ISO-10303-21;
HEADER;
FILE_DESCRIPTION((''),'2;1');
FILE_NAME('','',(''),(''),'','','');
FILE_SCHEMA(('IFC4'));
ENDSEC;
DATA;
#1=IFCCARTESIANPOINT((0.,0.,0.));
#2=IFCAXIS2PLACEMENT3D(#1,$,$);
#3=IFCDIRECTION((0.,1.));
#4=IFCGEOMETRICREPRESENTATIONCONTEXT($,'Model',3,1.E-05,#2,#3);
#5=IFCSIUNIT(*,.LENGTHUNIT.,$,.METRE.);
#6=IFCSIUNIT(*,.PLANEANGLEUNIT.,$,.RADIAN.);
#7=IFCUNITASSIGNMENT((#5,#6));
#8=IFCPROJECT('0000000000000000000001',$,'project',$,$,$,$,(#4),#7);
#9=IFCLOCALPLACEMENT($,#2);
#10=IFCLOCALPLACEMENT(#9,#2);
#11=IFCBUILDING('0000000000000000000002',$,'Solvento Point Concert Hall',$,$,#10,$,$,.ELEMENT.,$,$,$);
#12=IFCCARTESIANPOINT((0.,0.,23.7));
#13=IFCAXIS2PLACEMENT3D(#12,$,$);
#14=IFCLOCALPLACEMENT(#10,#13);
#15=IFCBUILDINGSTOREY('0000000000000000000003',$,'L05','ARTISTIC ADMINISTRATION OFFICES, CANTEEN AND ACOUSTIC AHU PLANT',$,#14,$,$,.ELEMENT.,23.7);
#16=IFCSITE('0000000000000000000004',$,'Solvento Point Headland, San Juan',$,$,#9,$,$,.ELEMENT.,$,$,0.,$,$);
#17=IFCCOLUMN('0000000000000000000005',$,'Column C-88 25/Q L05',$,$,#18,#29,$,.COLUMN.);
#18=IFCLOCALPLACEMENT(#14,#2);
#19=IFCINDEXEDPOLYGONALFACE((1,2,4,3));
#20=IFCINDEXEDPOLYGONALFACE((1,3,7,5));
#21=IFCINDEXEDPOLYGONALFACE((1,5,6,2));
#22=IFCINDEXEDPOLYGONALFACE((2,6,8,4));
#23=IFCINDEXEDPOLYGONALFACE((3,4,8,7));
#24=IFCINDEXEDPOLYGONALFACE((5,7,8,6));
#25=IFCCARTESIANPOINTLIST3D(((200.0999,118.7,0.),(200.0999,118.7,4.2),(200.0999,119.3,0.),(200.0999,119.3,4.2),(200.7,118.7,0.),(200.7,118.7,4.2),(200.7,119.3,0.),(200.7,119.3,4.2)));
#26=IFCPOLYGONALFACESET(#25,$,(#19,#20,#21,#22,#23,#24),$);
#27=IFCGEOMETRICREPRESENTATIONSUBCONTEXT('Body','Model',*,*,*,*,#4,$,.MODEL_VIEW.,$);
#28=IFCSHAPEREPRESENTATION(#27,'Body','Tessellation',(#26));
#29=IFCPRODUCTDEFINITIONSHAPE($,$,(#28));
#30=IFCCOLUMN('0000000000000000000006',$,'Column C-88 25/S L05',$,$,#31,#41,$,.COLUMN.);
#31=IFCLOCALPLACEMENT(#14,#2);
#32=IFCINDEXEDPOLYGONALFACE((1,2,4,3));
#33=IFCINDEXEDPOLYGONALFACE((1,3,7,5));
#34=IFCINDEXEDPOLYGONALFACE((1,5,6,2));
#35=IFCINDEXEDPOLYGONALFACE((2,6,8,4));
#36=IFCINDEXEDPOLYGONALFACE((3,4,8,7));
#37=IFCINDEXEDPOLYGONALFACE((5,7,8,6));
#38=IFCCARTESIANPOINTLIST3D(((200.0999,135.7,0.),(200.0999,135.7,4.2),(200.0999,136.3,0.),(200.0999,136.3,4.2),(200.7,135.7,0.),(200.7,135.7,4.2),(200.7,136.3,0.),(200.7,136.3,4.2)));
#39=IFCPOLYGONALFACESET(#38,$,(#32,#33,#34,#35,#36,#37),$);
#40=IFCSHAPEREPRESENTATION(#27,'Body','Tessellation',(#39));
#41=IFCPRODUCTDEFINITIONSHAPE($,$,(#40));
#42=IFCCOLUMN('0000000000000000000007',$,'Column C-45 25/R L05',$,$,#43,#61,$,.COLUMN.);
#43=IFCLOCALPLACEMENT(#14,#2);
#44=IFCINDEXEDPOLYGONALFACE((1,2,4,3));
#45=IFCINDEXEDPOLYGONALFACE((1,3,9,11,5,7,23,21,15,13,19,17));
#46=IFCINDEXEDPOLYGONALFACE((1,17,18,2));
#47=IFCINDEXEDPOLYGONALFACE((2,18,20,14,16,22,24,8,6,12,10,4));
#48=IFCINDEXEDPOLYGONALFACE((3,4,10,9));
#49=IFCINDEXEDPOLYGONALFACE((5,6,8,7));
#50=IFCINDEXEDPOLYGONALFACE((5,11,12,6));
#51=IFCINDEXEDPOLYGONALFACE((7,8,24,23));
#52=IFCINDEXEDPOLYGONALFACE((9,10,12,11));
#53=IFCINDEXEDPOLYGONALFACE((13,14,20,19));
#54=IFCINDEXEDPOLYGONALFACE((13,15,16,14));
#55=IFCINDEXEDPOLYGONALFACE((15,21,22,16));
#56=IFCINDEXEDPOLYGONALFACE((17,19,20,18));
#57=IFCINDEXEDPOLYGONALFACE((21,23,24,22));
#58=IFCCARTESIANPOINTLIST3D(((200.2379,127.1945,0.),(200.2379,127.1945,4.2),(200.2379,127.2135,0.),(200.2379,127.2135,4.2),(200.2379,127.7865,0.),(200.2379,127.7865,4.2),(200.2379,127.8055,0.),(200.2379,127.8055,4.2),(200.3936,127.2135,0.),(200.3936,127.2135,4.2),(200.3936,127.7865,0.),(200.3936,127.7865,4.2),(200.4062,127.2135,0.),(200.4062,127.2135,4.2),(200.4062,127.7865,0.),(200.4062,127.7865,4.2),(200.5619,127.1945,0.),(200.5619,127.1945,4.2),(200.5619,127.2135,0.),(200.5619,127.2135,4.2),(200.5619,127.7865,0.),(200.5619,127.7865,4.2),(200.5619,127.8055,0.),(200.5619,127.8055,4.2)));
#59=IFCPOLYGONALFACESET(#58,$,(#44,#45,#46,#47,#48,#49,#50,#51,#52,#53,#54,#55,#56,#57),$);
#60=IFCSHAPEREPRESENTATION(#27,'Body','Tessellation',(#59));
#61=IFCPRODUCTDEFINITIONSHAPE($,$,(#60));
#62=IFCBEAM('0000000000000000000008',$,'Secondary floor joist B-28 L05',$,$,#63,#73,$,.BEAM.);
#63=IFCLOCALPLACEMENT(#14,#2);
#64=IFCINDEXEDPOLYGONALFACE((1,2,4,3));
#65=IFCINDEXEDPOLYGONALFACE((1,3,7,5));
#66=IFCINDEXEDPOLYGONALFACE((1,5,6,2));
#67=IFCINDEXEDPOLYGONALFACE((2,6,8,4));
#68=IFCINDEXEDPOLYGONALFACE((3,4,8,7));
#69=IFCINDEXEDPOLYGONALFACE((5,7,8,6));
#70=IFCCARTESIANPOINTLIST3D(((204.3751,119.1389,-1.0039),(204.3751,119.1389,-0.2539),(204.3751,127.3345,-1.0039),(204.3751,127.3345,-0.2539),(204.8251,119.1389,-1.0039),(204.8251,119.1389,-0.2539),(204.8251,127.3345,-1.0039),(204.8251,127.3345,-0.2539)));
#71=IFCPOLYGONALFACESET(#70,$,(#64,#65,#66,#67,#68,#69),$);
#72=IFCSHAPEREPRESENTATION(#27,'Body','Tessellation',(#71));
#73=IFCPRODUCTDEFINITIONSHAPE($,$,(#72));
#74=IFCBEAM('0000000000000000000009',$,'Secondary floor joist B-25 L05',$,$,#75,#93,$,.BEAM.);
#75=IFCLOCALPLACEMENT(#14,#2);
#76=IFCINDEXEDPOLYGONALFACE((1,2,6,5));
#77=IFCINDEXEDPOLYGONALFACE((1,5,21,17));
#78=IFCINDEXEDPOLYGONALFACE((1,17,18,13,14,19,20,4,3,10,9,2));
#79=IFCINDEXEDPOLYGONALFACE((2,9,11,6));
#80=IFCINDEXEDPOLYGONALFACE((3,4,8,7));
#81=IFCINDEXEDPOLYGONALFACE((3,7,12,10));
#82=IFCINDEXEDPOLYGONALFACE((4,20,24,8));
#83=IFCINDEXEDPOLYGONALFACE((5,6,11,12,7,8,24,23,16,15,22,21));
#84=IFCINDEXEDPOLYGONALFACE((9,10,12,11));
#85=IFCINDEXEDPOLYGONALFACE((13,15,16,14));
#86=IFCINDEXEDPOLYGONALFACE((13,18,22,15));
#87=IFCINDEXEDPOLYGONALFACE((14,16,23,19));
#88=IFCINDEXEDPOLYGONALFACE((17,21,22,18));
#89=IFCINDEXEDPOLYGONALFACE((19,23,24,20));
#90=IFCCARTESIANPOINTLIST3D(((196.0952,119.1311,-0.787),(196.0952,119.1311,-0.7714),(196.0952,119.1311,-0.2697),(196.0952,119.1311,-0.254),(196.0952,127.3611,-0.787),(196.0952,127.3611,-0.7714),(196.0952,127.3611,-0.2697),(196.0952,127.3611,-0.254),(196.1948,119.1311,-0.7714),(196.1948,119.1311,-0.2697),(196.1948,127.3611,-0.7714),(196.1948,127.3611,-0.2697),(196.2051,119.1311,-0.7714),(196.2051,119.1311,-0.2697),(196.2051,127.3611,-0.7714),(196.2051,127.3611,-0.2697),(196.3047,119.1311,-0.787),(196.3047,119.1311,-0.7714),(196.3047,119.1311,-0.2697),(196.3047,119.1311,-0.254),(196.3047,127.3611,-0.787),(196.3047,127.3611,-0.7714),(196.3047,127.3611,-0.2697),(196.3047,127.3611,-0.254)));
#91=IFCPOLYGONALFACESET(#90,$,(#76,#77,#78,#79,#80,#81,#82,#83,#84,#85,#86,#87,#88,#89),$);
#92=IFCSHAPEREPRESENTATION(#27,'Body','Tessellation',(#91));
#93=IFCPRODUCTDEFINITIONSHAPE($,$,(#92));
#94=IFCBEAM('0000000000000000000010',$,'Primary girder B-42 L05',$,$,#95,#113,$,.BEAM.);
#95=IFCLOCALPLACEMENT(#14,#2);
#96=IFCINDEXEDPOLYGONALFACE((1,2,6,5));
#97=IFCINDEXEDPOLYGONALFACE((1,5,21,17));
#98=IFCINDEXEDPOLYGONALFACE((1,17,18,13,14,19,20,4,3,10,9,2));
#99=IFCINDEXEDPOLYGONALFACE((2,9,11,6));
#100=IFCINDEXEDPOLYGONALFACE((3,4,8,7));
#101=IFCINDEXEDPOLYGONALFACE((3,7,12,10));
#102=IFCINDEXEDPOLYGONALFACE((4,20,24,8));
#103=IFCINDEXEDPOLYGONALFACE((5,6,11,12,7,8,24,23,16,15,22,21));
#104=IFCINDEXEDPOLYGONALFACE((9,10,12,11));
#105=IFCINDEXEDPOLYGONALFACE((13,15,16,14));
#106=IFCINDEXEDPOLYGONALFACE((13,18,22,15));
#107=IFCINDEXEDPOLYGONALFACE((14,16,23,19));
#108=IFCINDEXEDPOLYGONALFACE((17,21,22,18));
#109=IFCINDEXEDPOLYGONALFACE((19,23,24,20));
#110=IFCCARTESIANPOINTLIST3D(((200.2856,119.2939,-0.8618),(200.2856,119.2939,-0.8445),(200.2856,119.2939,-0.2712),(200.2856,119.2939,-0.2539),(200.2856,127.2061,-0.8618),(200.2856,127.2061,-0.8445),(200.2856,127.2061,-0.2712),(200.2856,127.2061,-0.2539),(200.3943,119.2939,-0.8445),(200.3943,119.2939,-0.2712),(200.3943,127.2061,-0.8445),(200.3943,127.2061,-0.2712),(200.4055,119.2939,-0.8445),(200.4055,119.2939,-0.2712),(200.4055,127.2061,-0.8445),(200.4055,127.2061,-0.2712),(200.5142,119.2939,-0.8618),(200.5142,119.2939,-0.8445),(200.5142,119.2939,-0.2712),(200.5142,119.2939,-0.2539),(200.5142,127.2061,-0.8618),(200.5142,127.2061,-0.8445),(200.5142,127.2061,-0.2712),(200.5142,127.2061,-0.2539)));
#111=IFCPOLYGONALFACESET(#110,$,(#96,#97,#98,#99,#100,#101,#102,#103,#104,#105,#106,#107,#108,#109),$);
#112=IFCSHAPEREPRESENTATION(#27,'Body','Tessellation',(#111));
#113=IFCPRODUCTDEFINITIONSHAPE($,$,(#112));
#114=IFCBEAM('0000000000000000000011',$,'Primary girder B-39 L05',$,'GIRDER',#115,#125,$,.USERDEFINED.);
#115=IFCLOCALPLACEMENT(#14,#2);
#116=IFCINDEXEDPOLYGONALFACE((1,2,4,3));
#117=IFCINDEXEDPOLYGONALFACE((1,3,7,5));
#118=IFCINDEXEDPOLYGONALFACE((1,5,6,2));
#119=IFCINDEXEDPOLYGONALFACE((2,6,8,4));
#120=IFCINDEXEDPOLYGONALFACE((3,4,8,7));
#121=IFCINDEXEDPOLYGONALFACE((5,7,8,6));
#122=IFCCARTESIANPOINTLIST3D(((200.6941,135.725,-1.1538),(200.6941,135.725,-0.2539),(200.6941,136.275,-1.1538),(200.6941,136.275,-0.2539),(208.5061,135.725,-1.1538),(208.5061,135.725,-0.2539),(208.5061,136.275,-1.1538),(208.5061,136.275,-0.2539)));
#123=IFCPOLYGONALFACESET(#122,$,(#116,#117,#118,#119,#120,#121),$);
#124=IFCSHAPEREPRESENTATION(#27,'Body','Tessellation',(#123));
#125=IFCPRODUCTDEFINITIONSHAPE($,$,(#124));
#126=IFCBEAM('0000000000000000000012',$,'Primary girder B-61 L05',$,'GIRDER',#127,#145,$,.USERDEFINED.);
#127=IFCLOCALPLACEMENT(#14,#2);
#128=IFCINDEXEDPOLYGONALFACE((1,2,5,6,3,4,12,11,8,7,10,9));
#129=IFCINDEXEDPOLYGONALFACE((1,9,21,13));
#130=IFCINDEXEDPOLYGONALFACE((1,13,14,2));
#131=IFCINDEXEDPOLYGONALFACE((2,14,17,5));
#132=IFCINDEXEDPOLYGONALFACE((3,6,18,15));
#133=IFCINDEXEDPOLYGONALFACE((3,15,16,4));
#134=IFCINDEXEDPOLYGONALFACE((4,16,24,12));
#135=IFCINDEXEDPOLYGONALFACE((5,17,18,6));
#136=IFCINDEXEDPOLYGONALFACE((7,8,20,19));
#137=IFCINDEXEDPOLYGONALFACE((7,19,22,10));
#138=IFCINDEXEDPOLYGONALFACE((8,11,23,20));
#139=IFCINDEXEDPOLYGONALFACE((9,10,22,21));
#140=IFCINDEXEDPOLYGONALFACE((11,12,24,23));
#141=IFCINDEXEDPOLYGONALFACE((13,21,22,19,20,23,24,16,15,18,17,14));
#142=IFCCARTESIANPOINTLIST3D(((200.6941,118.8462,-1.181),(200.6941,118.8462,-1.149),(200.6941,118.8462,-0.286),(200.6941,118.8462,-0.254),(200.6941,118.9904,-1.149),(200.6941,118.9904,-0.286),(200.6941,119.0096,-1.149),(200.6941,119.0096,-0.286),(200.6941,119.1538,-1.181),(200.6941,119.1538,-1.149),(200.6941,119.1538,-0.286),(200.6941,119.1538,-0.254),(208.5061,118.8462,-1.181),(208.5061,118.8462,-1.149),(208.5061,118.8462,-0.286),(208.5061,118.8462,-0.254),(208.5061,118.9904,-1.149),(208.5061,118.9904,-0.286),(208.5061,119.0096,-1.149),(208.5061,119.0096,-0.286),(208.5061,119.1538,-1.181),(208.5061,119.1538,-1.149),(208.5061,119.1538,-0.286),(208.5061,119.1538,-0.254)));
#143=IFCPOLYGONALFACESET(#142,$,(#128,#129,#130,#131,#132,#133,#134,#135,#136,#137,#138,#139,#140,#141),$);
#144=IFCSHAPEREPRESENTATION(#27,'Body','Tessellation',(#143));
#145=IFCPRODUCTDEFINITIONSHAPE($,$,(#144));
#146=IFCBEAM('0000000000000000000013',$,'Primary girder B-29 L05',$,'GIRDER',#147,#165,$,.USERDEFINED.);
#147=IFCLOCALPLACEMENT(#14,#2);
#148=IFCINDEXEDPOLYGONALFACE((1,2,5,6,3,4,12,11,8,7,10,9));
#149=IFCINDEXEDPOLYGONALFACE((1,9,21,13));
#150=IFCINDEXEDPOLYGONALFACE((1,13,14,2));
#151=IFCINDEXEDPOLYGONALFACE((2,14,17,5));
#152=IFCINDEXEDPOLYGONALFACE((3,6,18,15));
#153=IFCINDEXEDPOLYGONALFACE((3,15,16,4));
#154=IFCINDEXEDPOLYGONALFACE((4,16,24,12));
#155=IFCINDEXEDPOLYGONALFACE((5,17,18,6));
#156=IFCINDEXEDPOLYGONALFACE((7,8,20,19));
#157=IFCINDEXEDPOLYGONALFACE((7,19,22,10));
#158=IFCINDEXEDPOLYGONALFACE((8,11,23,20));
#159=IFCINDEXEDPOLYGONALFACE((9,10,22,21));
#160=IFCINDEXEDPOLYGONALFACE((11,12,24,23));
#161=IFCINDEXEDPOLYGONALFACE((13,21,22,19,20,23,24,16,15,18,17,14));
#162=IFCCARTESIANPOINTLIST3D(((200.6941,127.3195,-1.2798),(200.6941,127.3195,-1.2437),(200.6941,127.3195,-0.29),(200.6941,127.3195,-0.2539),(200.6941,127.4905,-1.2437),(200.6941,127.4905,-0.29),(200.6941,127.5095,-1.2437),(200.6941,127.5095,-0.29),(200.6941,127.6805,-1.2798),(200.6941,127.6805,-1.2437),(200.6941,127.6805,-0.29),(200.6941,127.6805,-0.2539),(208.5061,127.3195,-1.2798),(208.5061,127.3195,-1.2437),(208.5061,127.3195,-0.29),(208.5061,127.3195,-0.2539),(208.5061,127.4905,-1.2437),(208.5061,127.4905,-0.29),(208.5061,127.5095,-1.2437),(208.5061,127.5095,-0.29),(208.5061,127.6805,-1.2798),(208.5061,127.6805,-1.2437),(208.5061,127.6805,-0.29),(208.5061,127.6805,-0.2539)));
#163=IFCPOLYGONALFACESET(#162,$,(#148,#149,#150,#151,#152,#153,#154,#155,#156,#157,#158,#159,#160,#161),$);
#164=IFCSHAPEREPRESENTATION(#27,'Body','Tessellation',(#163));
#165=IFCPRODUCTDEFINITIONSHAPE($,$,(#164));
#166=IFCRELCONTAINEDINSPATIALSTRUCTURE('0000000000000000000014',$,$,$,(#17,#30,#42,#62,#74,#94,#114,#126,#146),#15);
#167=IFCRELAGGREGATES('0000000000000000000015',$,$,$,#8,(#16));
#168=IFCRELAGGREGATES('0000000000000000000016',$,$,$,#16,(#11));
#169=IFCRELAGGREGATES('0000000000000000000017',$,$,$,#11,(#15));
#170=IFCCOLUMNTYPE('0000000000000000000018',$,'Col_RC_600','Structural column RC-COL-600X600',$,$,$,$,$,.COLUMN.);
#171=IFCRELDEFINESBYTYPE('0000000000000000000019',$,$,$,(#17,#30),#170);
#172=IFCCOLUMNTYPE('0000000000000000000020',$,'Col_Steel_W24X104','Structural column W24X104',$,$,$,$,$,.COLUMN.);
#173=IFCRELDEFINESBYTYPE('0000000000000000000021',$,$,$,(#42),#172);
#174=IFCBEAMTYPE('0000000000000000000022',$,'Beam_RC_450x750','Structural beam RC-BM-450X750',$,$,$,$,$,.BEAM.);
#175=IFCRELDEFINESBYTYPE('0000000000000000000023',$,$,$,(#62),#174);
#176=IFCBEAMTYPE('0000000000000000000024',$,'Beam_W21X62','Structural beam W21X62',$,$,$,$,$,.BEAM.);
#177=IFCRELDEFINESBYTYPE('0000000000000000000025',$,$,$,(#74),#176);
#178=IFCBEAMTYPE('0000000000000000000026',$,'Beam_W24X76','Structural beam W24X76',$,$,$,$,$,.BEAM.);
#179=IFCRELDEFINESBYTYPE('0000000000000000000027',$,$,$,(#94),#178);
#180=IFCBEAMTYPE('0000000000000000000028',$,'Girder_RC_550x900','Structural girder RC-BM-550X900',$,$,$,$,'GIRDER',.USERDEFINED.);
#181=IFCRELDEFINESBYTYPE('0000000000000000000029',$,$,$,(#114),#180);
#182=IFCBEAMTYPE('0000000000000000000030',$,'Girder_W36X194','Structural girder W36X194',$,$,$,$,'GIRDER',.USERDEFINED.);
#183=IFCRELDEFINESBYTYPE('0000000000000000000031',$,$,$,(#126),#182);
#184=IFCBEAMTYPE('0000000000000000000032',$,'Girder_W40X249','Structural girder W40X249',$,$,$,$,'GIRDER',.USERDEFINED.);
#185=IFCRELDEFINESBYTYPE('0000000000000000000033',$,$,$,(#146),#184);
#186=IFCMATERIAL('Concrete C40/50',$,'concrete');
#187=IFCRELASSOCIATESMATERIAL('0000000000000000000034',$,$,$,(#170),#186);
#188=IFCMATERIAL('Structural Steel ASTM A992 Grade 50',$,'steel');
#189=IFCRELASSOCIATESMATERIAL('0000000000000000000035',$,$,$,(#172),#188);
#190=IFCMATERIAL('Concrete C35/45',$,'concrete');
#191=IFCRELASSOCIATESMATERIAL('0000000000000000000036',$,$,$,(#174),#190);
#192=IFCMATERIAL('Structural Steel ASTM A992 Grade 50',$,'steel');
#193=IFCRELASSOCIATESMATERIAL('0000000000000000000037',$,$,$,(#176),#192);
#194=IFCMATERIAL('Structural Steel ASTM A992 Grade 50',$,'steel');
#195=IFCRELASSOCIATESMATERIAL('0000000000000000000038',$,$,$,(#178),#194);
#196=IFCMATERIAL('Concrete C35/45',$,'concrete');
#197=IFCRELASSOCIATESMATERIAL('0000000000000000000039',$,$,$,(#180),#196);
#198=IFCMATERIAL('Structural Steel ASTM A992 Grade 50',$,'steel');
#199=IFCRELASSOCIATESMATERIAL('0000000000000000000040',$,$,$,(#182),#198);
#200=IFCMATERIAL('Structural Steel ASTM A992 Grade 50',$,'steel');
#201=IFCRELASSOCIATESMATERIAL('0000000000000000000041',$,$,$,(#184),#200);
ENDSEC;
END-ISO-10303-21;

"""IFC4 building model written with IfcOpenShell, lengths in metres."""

from ifc_helpers import new_model, si_unit, direction, frame, origin, origin_2d, place, context, subcontext, project, spatial, rectangle, i_section, extrude, material, material_profile, profile_set, type_object, element, save


model = new_model("IFC4")

# Units and contexts
model_context = context("Model", 3, precision=1e-05, world=origin(), true_north=direction((0.0, 1.0)))
body_context = subcontext(model_context, "Body", "Model", "MODEL_VIEW")
ifc_project = project(units=[si_unit("LENGTHUNIT", "METRE"), si_unit("PLANEANGLEUNIT", "RADIAN")], contexts=[model_context])

# Site, building, storey
site_placement = place(None, origin())
site = spatial("IfcSite", under=ifc_project, at=site_placement, Name="Solvento Point Headland, San Juan", CompositionType="ELEMENT", RefElevation=0.0)
building_placement = place(site_placement, origin())
building = spatial("IfcBuilding", under=site, at=building_placement, Name="Solvento Point Concert Hall", CompositionType="ELEMENT")
storey_placement = place(building_placement, frame((0.0, 0.0, 23.7)))
storey = spatial("IfcBuildingStorey", under=building, at=storey_placement, Name="L05", Description="ARTISTIC ADMINISTRATION OFFICES, CANTEEN AND ACOUSTIC AHU PLANT", CompositionType="ELEMENT", Elevation=23.7)

# Columns
ifc_material_1 = material(Name="Concrete C40/50", Category="concrete")
ifc_material_profile_1 = material_profile(ifc_material_1, rectangle(XDim=0.6001, YDim=0.6001, at=origin_2d()), Name="RC-COL-600X600")
ifc_profile_set_1 = profile_set([ifc_material_profile_1], Name="Concrete C40/50")
column_type_1 = type_object("IfcColumnType", Name="Col_RC_600", Description="Structural column RC-COL-600X600", PredefinedType="COLUMN", material=ifc_profile_set_1)
for number, where, z_axis, x_axis, name in (
    (1, (200.3999, 119.0, 0.0), (0.0, 0.0, 1.0), (1.0, 0.0, 0.0), "Column C-88 25/Q L05"),
    (2, (200.3999, 136.0, 0.0), (0.0, 0.0, 1.0), (1.0, 0.0, 0.0), "Column C-88 25/S L05"),
):
    element("IfcColumn", number, at=place(storey_placement, frame(where, z_axis=z_axis, x_axis=x_axis)), inside=storey, type_object=column_type_1, Name=name, PredefinedType="COLUMN", context=body_context, shape_type="SweptSolid", body=[
        extrude(rectangle(XDim=0.6001, YDim=0.6001, at=origin_2d()), origin(), (0.0, 0.0, 1.0), 4.2),
    ])
ifc_material_2 = material(Name="Structural Steel ASTM A992 Grade 50", Category="steel")
ifc_material_profile_2 = material_profile(ifc_material_2, i_section(OverallWidth=0.324, OverallDepth=0.6111, WebThickness=0.0127, FlangeThickness=0.019, at=origin_2d()), Name="W24X104")
ifc_profile_set_2 = profile_set([ifc_material_profile_2], Name="Structural Steel ASTM A992 Grade 50")
column_type_2 = type_object("IfcColumnType", Name="Col_Steel_W24X104", Description="Structural column W24X104", PredefinedType="COLUMN", material=ifc_profile_set_2)
column_placement = place(storey_placement, frame((200.3999, 127.5, 0.0), z_axis=(0.0, 0.0, 1.0), x_axis=(1.0, 0.0, 0.0)))
element("IfcColumn", 3, at=column_placement, inside=storey, type_object=column_type_2, Name="Column C-45 25/R L05", PredefinedType="COLUMN", context=body_context, shape_type="SweptSolid", body=[
    extrude(i_section(OverallWidth=0.324, OverallDepth=0.6111, WebThickness=0.0127, FlangeThickness=0.019, at=origin_2d()), origin(), (0.0, 0.0, 1.0), 4.2),
])

# Beams
ifc_material_3 = material(Name="Concrete C35/45", Category="concrete")
ifc_material_profile_3 = material_profile(ifc_material_3, rectangle(XDim=0.45, YDim=0.75, at=origin_2d()), Name="RC-BM-450X750")
ifc_profile_set_3 = profile_set([ifc_material_profile_3], Name="Concrete C35/45")
beam_type_1 = type_object("IfcBeamType", Name="Beam_RC_450x750", Description="Structural beam RC-BM-450X750", PredefinedType="BEAM", material=ifc_profile_set_3)
beam_1_placement = place(storey_placement, frame((204.6001, 119.1389, -0.6289), z_axis=(0.0, 1.0, 0.0), x_axis=(-1.0, 0.0, 0.0)))
element("IfcBeam", 4, at=beam_1_placement, inside=storey, type_object=beam_type_1, Name="Secondary floor joist B-28 L05", PredefinedType="BEAM", context=body_context, shape_type="SweptSolid", body=[
    extrude(rectangle(XDim=0.45, YDim=0.75, at=origin_2d()), origin(), (0.0, 0.0, 1.0), 8.1956),
])
ifc_material_4 = material(Name="Structural Steel ASTM A992 Grade 50", Category="steel")
ifc_material_profile_4 = material_profile(ifc_material_4, i_section(OverallWidth=0.2095, OverallDepth=0.533, WebThickness=0.0103, FlangeThickness=0.0156, at=origin_2d()), Name="W21X62")
ifc_profile_set_4 = profile_set([ifc_material_profile_4], Name="Structural Steel ASTM A992 Grade 50")
beam_type_2 = type_object("IfcBeamType", Name="Beam_W21X62", Description="Structural beam W21X62", PredefinedType="BEAM", material=ifc_profile_set_4)
beam_2_placement = place(storey_placement, frame((196.2, 119.1311, -0.5205), z_axis=(0.0, 1.0, 0.0), x_axis=(-1.0, 0.0, 0.0)))
element("IfcBeam", 5, at=beam_2_placement, inside=storey, type_object=beam_type_2, Name="Secondary floor joist B-25 L05", PredefinedType="BEAM", context=body_context, shape_type="SweptSolid", body=[
    extrude(i_section(OverallWidth=0.2095, OverallDepth=0.533, WebThickness=0.0103, FlangeThickness=0.0156, at=origin_2d()), origin(), (0.0, 0.0, 1.0), 8.23),
])
ifc_material_5 = material(Name="Structural Steel ASTM A992 Grade 50", Category="steel")
ifc_material_profile_5 = material_profile(ifc_material_5, i_section(OverallWidth=0.2285, OverallDepth=0.6079, WebThickness=0.0112, FlangeThickness=0.0173, at=origin_2d()), Name="W24X76")
ifc_profile_set_5 = profile_set([ifc_material_profile_5], Name="Structural Steel ASTM A992 Grade 50")
beam_type_3 = type_object("IfcBeamType", Name="Beam_W24X76", Description="Structural beam W24X76", PredefinedType="BEAM", material=ifc_profile_set_5)
beam_3_placement = place(storey_placement, frame((200.3999, 119.2939, -0.5579), z_axis=(0.0, 1.0, 0.0), x_axis=(-1.0, 0.0, 0.0)))
element("IfcBeam", 6, at=beam_3_placement, inside=storey, type_object=beam_type_3, Name="Primary girder B-42 L05", PredefinedType="BEAM", context=body_context, shape_type="SweptSolid", body=[
    extrude(i_section(OverallWidth=0.2285, OverallDepth=0.6079, WebThickness=0.0112, FlangeThickness=0.0173, at=origin_2d()), origin(), (0.0, 0.0, 1.0), 7.9121),
])
ifc_material_6 = material(Name="Concrete C35/45", Category="concrete")
ifc_material_profile_6 = material_profile(ifc_material_6, rectangle(XDim=0.55, YDim=0.8999, at=origin_2d()), Name="RC-BM-550X900")
ifc_profile_set_6 = profile_set([ifc_material_profile_6], Name="Concrete C35/45")
beam_type_4 = type_object("IfcBeamType", Name="Girder_RC_550x900", Description="Structural girder RC-BM-550X900", ElementType="GIRDER", PredefinedType="USERDEFINED", material=ifc_profile_set_6)
beam_4_placement = place(storey_placement, frame((200.6941, 136.0, -0.7039), z_axis=(1.0, 0.0, 0.0), x_axis=(0.0, 1.0, 0.0)))
element("IfcBeam", 7, at=beam_4_placement, inside=storey, type_object=beam_type_4, Name="Primary girder B-39 L05", ObjectType="GIRDER", PredefinedType="USERDEFINED", context=body_context, shape_type="SweptSolid", body=[
    extrude(rectangle(XDim=0.55, YDim=0.8999, at=origin_2d()), origin(), (0.0, 0.0, 1.0), 7.812),
])
ifc_material_7 = material(Name="Structural Steel ASTM A992 Grade 50", Category="steel")
ifc_material_profile_7 = material_profile(ifc_material_7, i_section(OverallWidth=0.3076, OverallDepth=0.927, WebThickness=0.0193, FlangeThickness=0.032, at=origin_2d()), Name="W36X194")
ifc_profile_set_7 = profile_set([ifc_material_profile_7], Name="Structural Steel ASTM A992 Grade 50")
beam_type_5 = type_object("IfcBeamType", Name="Girder_W36X194", Description="Structural girder W36X194", ElementType="GIRDER", PredefinedType="USERDEFINED", material=ifc_profile_set_7)
beam_5_placement = place(storey_placement, frame((200.6941, 119.0, -0.7175), z_axis=(1.0, 0.0, 0.0), x_axis=(0.0, 1.0, 0.0)))
element("IfcBeam", 8, at=beam_5_placement, inside=storey, type_object=beam_type_5, Name="Primary girder B-61 L05", ObjectType="GIRDER", PredefinedType="USERDEFINED", context=body_context, shape_type="SweptSolid", body=[
    extrude(i_section(OverallWidth=0.3076, OverallDepth=0.927, WebThickness=0.0193, FlangeThickness=0.032, at=origin_2d()), origin(), (0.0, 0.0, 1.0), 7.812),
])
ifc_material_8 = material(Name="Structural Steel ASTM A992 Grade 50", Category="steel")
ifc_material_profile_8 = material_profile(ifc_material_8, i_section(OverallWidth=0.3611, OverallDepth=1.0259, WebThickness=0.019, FlangeThickness=0.0361, at=origin_2d()), Name="W40X249")
ifc_profile_set_8 = profile_set([ifc_material_profile_8], Name="Structural Steel ASTM A992 Grade 50")
beam_type_6 = type_object("IfcBeamType", Name="Girder_W40X249", Description="Structural girder W40X249", ElementType="GIRDER", PredefinedType="USERDEFINED", material=ifc_profile_set_8)
beam_6_placement = place(storey_placement, frame((200.6941, 127.5, -0.7668), z_axis=(1.0, 0.0, 0.0), x_axis=(0.0, 1.0, 0.0)))
element("IfcBeam", 9, at=beam_6_placement, inside=storey, type_object=beam_type_6, Name="Primary girder B-29 L05", ObjectType="GIRDER", PredefinedType="USERDEFINED", context=body_context, shape_type="SweptSolid", body=[
    extrude(i_section(OverallWidth=0.3611, OverallDepth=1.0259, WebThickness=0.019, FlangeThickness=0.0361, at=origin_2d()), origin(), (0.0, 0.0, 1.0), 7.812),
])

save(model, "model.ifc")
